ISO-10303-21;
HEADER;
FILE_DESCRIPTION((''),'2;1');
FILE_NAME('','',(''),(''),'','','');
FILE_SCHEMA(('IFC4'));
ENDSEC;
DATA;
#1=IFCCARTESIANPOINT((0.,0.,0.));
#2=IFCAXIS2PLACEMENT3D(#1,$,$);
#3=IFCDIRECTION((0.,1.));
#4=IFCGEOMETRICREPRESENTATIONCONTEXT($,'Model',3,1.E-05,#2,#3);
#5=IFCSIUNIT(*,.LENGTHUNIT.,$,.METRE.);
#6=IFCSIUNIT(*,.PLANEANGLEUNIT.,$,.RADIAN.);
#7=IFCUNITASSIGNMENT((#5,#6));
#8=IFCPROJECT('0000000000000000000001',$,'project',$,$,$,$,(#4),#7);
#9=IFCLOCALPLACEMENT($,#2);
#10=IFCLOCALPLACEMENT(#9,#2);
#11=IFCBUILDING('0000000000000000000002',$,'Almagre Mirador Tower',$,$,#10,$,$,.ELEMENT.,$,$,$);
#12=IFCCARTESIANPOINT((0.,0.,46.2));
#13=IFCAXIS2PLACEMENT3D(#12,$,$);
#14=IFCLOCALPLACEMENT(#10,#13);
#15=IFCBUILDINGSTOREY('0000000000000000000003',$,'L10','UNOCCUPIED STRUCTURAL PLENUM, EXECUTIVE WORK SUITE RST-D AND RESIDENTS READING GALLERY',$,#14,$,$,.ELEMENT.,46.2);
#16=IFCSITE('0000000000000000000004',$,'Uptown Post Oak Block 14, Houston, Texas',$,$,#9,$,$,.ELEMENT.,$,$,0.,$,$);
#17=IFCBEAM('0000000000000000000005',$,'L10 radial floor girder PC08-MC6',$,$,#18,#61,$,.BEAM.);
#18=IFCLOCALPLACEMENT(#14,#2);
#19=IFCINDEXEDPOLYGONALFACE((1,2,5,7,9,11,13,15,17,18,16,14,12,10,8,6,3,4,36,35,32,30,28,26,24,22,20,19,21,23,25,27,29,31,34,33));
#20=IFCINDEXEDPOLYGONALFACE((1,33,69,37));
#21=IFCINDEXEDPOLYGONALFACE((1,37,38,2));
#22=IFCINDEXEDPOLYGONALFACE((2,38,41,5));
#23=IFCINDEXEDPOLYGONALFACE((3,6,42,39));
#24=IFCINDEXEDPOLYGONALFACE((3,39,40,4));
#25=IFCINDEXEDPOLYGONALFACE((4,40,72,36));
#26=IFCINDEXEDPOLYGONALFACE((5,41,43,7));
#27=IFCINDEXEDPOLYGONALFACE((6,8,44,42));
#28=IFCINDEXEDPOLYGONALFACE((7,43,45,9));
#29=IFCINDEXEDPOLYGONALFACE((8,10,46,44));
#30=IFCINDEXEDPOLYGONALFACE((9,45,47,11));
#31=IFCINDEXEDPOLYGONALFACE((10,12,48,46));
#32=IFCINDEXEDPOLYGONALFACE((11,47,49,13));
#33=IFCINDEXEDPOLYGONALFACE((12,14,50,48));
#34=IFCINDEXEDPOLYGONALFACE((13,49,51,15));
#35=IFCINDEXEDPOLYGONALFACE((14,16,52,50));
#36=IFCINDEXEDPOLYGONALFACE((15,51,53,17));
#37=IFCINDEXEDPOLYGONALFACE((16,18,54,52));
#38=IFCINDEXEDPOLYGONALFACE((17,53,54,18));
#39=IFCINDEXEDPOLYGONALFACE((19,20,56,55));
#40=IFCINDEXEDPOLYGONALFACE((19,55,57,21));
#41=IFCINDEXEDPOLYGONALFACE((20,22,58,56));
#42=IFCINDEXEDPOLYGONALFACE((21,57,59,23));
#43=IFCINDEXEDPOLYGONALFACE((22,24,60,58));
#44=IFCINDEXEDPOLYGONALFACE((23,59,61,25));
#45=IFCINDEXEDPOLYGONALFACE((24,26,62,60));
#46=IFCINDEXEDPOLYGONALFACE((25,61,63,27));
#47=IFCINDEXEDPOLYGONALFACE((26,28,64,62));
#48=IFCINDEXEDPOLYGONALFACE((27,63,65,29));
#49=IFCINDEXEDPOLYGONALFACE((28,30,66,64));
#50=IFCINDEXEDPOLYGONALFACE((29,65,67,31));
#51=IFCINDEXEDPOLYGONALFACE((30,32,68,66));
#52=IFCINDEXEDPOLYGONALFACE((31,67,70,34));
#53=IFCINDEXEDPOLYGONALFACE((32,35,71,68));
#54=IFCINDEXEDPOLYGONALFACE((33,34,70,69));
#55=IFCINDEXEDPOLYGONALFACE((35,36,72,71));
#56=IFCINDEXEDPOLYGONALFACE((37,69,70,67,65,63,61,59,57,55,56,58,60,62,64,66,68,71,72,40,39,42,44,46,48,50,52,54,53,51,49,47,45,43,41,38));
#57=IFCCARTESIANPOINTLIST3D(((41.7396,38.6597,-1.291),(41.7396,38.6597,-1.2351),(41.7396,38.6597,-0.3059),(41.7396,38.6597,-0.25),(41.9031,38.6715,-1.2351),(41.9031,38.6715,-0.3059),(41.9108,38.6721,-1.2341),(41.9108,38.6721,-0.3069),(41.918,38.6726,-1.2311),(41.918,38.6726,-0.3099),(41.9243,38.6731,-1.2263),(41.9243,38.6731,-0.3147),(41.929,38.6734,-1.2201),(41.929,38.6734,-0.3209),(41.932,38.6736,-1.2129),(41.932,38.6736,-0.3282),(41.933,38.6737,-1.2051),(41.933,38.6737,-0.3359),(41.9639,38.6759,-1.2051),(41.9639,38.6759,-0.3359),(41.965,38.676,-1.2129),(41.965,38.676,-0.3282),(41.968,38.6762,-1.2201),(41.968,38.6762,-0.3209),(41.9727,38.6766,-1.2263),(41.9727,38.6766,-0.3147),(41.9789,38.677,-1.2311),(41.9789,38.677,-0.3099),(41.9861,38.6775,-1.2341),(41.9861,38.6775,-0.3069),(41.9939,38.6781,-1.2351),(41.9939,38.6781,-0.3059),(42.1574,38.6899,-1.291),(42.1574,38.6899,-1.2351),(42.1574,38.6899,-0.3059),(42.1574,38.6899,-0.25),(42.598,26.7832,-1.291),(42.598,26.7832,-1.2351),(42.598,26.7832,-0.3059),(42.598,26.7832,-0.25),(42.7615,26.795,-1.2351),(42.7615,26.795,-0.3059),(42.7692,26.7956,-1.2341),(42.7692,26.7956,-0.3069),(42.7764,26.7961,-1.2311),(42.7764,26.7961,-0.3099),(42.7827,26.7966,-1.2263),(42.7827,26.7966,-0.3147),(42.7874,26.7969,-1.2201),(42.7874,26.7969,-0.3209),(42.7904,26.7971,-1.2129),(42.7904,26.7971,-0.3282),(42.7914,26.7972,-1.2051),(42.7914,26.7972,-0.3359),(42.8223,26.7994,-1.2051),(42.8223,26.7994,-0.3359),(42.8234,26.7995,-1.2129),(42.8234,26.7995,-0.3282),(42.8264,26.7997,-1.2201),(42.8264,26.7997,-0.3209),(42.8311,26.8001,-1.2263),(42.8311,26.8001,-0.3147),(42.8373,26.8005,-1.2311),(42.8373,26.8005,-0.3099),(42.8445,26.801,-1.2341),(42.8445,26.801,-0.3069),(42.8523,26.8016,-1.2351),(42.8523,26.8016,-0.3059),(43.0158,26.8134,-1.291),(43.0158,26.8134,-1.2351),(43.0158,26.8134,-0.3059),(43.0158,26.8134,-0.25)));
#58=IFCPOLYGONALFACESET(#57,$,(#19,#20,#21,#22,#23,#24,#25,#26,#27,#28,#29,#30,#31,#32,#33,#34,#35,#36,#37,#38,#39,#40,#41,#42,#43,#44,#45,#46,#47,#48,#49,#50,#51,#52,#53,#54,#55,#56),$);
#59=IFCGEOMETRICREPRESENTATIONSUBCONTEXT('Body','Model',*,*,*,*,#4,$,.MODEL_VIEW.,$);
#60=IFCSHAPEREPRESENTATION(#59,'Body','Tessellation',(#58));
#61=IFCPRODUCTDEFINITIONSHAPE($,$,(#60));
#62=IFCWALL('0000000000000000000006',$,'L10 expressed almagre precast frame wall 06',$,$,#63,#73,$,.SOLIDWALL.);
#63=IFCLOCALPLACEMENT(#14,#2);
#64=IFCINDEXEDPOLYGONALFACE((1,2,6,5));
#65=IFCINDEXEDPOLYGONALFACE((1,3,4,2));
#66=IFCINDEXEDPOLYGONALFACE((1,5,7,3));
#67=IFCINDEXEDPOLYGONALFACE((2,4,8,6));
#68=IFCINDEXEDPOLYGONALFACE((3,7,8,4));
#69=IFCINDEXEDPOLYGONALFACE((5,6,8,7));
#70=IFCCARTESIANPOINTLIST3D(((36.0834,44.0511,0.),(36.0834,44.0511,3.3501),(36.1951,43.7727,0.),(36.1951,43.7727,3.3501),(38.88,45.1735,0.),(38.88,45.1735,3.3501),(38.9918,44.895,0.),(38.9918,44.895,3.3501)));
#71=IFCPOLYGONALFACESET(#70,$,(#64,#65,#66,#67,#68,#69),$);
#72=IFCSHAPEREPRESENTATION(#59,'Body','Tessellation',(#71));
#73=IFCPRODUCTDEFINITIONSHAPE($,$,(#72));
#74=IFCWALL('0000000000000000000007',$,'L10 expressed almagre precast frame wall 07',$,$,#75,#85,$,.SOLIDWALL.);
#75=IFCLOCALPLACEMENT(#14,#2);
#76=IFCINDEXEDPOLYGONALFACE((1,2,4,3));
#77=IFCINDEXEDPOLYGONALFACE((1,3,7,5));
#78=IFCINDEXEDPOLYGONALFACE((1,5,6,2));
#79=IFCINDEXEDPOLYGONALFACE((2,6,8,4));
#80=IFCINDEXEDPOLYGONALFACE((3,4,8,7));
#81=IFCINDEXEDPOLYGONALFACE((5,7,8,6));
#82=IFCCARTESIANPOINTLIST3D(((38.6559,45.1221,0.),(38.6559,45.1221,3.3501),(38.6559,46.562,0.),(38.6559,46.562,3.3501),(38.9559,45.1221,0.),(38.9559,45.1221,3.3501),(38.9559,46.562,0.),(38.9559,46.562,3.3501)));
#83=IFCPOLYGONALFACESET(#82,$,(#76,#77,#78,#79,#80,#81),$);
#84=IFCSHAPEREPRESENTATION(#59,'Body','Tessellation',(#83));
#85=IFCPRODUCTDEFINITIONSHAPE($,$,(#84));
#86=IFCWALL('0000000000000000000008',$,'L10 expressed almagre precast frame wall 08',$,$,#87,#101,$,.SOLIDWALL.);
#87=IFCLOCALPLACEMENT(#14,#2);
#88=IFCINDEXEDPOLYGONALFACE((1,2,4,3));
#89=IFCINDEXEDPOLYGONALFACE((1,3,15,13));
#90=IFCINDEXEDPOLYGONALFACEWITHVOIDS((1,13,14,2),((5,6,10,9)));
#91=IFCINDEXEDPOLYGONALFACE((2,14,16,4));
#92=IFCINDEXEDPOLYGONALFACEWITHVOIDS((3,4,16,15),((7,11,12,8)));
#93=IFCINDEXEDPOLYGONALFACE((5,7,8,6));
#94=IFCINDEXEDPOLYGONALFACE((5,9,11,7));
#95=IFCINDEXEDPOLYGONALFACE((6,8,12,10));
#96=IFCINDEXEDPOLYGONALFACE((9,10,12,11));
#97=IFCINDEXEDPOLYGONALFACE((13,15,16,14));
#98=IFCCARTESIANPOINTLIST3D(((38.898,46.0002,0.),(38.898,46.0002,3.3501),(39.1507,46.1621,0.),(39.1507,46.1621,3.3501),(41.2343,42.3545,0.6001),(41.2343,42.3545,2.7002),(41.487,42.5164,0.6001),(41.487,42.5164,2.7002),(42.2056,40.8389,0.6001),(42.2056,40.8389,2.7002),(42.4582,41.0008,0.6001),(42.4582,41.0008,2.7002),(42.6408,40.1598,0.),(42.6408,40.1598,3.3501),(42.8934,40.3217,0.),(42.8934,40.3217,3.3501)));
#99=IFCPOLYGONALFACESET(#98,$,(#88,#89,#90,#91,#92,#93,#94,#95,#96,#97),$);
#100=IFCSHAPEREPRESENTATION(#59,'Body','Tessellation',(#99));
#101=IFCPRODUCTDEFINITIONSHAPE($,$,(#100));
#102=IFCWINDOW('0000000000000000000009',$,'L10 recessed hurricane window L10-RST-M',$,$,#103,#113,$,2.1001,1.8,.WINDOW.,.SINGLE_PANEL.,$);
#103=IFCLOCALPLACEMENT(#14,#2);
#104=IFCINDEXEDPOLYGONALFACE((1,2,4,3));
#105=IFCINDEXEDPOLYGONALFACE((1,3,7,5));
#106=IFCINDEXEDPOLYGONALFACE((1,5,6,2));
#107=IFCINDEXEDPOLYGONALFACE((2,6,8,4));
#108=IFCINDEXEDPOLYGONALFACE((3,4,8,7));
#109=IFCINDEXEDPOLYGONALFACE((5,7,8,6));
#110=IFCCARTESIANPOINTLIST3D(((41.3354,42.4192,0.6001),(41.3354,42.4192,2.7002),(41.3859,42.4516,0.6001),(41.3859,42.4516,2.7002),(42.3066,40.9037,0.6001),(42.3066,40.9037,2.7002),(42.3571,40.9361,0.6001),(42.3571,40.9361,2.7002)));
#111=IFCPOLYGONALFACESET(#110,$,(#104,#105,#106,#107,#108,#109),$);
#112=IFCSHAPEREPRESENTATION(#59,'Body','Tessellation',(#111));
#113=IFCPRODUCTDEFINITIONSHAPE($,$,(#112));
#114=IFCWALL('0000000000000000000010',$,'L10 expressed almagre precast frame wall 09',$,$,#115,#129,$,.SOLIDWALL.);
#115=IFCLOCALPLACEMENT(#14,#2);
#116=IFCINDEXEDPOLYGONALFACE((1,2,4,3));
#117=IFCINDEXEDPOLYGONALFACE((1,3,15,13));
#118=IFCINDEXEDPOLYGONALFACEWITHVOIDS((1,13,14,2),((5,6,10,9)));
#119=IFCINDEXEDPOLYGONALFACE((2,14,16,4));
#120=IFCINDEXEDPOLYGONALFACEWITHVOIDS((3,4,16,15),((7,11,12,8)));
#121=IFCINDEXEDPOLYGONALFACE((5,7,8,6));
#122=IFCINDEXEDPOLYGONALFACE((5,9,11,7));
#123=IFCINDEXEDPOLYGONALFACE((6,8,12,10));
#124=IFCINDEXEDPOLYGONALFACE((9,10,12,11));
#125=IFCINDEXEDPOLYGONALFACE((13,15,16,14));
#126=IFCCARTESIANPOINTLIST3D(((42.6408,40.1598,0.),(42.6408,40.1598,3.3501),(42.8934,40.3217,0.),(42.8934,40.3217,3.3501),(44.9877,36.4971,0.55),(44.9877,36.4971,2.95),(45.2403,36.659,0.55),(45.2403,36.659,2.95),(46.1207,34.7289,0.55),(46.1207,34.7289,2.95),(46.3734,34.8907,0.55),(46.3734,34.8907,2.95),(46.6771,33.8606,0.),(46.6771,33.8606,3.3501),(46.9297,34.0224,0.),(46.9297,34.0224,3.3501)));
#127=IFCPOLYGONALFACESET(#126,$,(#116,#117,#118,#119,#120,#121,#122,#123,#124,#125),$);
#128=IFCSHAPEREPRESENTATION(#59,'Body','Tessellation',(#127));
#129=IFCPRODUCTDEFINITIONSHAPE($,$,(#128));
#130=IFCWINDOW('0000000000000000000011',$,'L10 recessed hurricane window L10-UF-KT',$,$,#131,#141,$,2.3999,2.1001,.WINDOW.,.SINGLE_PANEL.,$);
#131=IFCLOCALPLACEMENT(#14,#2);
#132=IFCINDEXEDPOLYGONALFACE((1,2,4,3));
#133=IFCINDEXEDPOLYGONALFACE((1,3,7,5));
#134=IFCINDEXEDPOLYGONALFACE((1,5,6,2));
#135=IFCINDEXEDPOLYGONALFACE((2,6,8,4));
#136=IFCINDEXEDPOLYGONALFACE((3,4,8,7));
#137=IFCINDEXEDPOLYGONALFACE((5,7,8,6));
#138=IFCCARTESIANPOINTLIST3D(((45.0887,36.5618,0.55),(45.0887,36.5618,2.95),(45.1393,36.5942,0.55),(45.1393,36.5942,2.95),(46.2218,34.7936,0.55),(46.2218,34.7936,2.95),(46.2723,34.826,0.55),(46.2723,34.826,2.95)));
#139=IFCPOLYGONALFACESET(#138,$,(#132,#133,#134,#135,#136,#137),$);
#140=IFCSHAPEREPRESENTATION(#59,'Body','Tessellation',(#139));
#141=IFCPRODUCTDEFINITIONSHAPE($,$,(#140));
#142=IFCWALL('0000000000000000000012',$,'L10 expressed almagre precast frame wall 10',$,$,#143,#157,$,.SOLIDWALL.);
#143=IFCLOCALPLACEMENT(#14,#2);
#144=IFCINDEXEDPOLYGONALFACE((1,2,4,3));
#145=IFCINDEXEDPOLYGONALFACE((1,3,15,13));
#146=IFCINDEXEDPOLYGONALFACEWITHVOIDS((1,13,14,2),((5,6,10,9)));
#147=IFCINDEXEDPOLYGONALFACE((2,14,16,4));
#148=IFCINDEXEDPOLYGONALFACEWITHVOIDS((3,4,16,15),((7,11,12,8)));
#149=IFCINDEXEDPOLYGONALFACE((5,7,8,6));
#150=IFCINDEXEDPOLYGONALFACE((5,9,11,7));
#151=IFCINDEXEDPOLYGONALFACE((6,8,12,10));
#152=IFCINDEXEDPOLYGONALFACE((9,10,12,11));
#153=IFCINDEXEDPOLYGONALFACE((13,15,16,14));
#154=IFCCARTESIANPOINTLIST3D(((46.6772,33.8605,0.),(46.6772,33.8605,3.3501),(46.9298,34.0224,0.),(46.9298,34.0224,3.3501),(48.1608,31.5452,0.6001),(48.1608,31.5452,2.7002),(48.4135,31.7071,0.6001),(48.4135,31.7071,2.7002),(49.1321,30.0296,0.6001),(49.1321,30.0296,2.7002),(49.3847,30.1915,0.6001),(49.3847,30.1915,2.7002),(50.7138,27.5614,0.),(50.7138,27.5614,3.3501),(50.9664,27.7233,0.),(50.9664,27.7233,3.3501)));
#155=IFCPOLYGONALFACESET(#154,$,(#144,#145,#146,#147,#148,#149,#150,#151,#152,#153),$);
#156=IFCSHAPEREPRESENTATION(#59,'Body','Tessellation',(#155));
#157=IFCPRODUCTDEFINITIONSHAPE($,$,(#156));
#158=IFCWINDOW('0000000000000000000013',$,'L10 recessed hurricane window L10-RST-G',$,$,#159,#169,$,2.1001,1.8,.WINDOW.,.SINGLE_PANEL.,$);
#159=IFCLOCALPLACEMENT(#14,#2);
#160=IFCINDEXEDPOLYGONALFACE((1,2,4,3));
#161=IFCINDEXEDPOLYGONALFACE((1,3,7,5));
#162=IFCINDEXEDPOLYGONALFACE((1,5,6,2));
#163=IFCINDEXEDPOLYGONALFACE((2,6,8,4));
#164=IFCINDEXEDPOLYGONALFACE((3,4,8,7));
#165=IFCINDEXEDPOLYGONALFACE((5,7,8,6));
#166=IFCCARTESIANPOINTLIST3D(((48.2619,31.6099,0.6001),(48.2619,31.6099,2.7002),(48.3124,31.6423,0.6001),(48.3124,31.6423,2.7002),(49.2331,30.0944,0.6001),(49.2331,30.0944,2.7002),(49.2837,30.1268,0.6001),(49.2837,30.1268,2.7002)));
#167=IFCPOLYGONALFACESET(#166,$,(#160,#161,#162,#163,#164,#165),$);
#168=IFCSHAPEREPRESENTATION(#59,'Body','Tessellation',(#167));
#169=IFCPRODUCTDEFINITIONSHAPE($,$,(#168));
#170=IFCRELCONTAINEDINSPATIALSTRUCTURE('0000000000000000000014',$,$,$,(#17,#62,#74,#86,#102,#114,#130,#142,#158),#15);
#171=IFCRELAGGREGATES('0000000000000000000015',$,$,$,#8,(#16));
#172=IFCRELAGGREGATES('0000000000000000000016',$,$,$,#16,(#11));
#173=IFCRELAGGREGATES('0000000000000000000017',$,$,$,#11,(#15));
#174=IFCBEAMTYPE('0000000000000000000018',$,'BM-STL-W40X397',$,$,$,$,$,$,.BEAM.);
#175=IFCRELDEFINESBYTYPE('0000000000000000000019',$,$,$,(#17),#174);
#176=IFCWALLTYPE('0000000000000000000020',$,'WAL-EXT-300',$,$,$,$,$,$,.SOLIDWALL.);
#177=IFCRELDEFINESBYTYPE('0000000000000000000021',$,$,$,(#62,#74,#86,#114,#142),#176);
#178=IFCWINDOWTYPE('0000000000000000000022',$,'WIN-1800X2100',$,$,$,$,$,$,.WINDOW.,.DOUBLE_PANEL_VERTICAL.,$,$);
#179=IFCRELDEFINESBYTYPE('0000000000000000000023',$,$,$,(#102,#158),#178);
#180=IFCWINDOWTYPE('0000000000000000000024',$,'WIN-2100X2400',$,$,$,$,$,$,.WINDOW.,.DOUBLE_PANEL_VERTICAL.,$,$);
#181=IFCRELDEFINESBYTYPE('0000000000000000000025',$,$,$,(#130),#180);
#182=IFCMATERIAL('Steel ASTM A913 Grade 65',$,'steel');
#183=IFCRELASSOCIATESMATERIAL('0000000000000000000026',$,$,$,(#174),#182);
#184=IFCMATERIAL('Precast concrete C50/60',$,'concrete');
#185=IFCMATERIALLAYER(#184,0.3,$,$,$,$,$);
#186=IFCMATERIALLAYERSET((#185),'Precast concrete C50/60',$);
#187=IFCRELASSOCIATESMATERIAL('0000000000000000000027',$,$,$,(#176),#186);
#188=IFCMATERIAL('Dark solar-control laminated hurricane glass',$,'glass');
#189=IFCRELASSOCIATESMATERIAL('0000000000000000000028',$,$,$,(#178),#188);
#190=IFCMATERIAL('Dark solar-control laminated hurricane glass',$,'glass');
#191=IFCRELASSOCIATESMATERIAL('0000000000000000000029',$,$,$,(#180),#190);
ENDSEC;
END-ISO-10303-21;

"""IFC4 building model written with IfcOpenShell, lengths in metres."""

from ifc_helpers import new_model, si_unit, direction, frame, frame_2d, origin, origin_2d, place, context, subcontext, project, spatial, rectangle, i_section, extrude, material, layer, layer_set, material_profile, profile_set, type_object, element, fill, save


model = new_model("IFC4")

# Units and contexts
model_context = context("Model", 3, precision=1e-05, world=origin(), true_north=direction((0.0, 1.0)))
body_context = subcontext(model_context, "Body", "Model", "MODEL_VIEW")
ifc_project = project(units=[si_unit("LENGTHUNIT", "METRE"), si_unit("PLANEANGLEUNIT", "RADIAN")], contexts=[model_context])

# Site, building, storey
site_placement = place(None, origin())
site = spatial("IfcSite", under=ifc_project, at=site_placement, Name="Uptown Post Oak Block 14, Houston, Texas", CompositionType="ELEMENT", RefElevation=0.0)
building_placement = place(site_placement, origin())
building = spatial("IfcBuilding", under=site, at=building_placement, Name="Almagre Mirador Tower", CompositionType="ELEMENT")
storey_placement = place(building_placement, frame((0.0, 0.0, 46.2)))
storey = spatial("IfcBuildingStorey", under=building, at=storey_placement, Name="L10", Description="UNOCCUPIED STRUCTURAL PLENUM, EXECUTIVE WORK SUITE RST-D AND RESIDENTS READING GALLERY", CompositionType="ELEMENT", Elevation=46.2)

# Beam
ifc_material_1 = material(Name="Steel ASTM A913 Grade 65", Category="steel")
ifc_material_profile_1 = material_profile(ifc_material_1, i_section(OverallWidth=0.4189, OverallDepth=1.041, WebThickness=0.031, FlangeThickness=0.0559, FilletRadius=0.03, at=origin_2d()), Name="W40X397")
ifc_profile_set_1 = profile_set([ifc_material_profile_1], Name="Steel ASTM A913 Grade 65")
beam_type_1 = type_object("IfcBeamType", Name="BM-STL-W40X397", PredefinedType="BEAM", material=ifc_profile_set_1)
beam_1_placement = place(storey_placement, frame((41.9485, 38.6748, -0.7705), z_axis=(0.072089, -0.997398, 0.0), x_axis=(0.997398, 0.072089, 0.0)))
element("IfcBeam", 1, at=beam_1_placement, inside=storey, type_object=beam_type_1, Name="L10 radial floor girder PC08-MC6", PredefinedType="BEAM", context=body_context, shape_type="SweptSolid", body=[
    extrude(i_section(OverallWidth=0.4189, OverallDepth=1.041, WebThickness=0.031, FlangeThickness=0.0559, FilletRadius=0.03, at=origin_2d()), origin(), (0.0, 0.0, 1.0), 11.9075),
])

# Walls
ifc_material_2 = material(Name="Precast concrete C50/60", Category="concrete")
ifc_layer_1 = layer(ifc_material_2, 0.3)
ifc_layer_set_1 = layer_set([ifc_layer_1], Name="Precast concrete C50/60")
wall_type_1 = type_object("IfcWallType", Name="WAL-EXT-300", PredefinedType="SOLIDWALL", material=ifc_layer_set_1)
wall_1_placement = place(storey_placement, frame((36.1392, 43.9119, 0.0), z_axis=(0.0, 0.0, 1.0), x_axis=(0.928057, 0.372438, 0.0)))
element("IfcWall", 2, at=wall_1_placement, inside=storey, type_object=wall_type_1, Name="L10 expressed almagre precast frame wall 06", PredefinedType="SOLIDWALL", context=body_context, shape_type="SweptSolid", body=[
    extrude(rectangle(XDim=3.0134, YDim=0.3, at=frame_2d((1.5068, 0.0))), origin(), (0.0, 0.0, 1.0), 3.3501),
])
wall_2_placement = place(storey_placement, frame((38.8059, 45.1221, 0.0), z_axis=(0.0, 0.0, 1.0), x_axis=(0.0, 1.0, 0.0)))
element("IfcWall", 3, at=wall_2_placement, inside=storey, type_object=wall_type_1, Name="L10 expressed almagre precast frame wall 07", PredefinedType="SOLIDWALL", context=body_context, shape_type="SweptSolid", body=[
    extrude(rectangle(XDim=1.4399, YDim=0.3, at=frame_2d((0.72, 0.0))), origin(), (0.0, 0.0, 1.0), 3.3501),
])

# Walls, openings, windows
wall_3_placement = place(storey_placement, frame((39.0244, 46.0811, 0.0), z_axis=(0.0, 0.0, 1.0), x_axis=(0.539551, -0.841953, 0.0)))
wall_3 = element("IfcWall", 4, at=wall_3_placement, inside=storey, type_object=wall_type_1, Name="L10 expressed almagre precast frame wall 08", PredefinedType="SOLIDWALL", context=body_context, shape_type="SweptSolid", body=[
    extrude(rectangle(XDim=6.9368, YDim=0.3, at=frame_2d((3.4683, 0.0))), origin(), (0.0, 0.0, 1.0), 3.3501),
])
opening_1_placement = place(wall_3_placement, frame((4.3301, 0.0, 0.6001)))
opening_1 = element("IfcOpeningElement", 5, at=opening_1_placement, cuts=wall_3, PredefinedType="OPENING", context=body_context, shape_type="SweptSolid", body=[
    extrude(rectangle(XDim=1.8, YDim=2.1001, at=frame_2d((0.8999, 1.05))), frame((0.0, 0.1599, 0.0), z_axis=(0.0, -1.0, 0.0), x_axis=(1.0, 0.0, 0.0)), (0.0, 0.0, 1.0), 0.32),
])
ifc_material_3 = material(Name="Dark solar-control laminated hurricane glass", Category="glass")
window_type_1 = type_object("IfcWindowType", Name="WIN-1800X2100", PartitioningType="DOUBLE_PANEL_VERTICAL", PredefinedType="WINDOW", material=ifc_material_3)
window_1_placement = place(opening_1_placement, origin())
window_1 = element("IfcWindow", 6, at=window_1_placement, inside=storey, type_object=window_type_1, Name="L10 recessed hurricane window L10-RST-M", OverallHeight=2.1001, OverallWidth=1.8, PartitioningType="SINGLE_PANEL", PredefinedType="WINDOW", context=body_context, shape_type="SweptSolid", body=[
    extrude(rectangle(XDim=1.8, YDim=2.1001, at=frame_2d((0.8999, 1.05))), frame((0.0, 0.03, 0.0), z_axis=(0.0, -1.0, 0.0), x_axis=(1.0, 0.0, 0.0)), (0.0, 0.0, 1.0), 0.0601),
])
fill(opening_1, window_1)
wall_4_placement = place(storey_placement, frame((42.7671, 40.2407, 0.0), z_axis=(0.0, 0.0, 1.0), x_axis=(0.53951, -0.841979, 0.0)))
wall_4 = element("IfcWall", 7, at=wall_4_placement, inside=storey, type_object=wall_type_1, Name="L10 expressed almagre precast frame wall 09", PredefinedType="SOLIDWALL", context=body_context, shape_type="SweptSolid", body=[
    extrude(rectangle(XDim=7.4814, YDim=0.3, at=frame_2d((3.7407, 0.0))), origin(), (0.0, 0.0, 1.0), 3.3501),
])
opening_2_placement = place(wall_4_placement, frame((4.3501, 0.0, 0.55)))
opening_2 = element("IfcOpeningElement", 8, at=opening_2_placement, cuts=wall_4, PredefinedType="OPENING", context=body_context, shape_type="SweptSolid", body=[
    extrude(rectangle(XDim=2.1001, YDim=2.3999, at=frame_2d((1.05, 1.2))), frame((0.0, 0.1599, 0.0), z_axis=(0.0, -1.0, 0.0), x_axis=(1.0, 0.0, 0.0)), (0.0, 0.0, 1.0), 0.32),
])
ifc_material_4 = material(Name="Dark solar-control laminated hurricane glass", Category="glass")
window_type_2 = type_object("IfcWindowType", Name="WIN-2100X2400", PartitioningType="DOUBLE_PANEL_VERTICAL", PredefinedType="WINDOW", material=ifc_material_4)
window_2_placement = place(opening_2_placement, origin())
window_2 = element("IfcWindow", 9, at=window_2_placement, inside=storey, type_object=window_type_2, Name="L10 recessed hurricane window L10-UF-KT", OverallHeight=2.3999, OverallWidth=2.1001, PartitioningType="SINGLE_PANEL", PredefinedType="WINDOW", context=body_context, shape_type="SweptSolid", body=[
    extrude(rectangle(XDim=2.1001, YDim=2.3999, at=frame_2d((1.05, 1.2))), frame((0.0, 0.03, 0.0), z_axis=(0.0, -1.0, 0.0), x_axis=(1.0, 0.0, 0.0)), (0.0, 0.0, 1.0), 0.0601),
])
fill(opening_2, window_2)
wall_5_placement = place(storey_placement, frame((46.8035, 33.9414, 0.0), z_axis=(0.0, 0.0, 1.0), x_axis=(0.539548, -0.841955, 0.0)))
wall_5 = element("IfcWall", 10, at=wall_5_placement, inside=storey, type_object=wall_type_1, Name="L10 expressed almagre precast frame wall 10", PredefinedType="SOLIDWALL", context=body_context, shape_type="SweptSolid", body=[
    extrude(rectangle(XDim=7.4814, YDim=0.3, at=frame_2d((3.7407, 0.0))), origin(), (0.0, 0.0, 1.0), 3.3501),
])
opening_3_placement = place(wall_5_placement, frame((2.75, 0.0, 0.6001)))
opening_3 = element("IfcOpeningElement", 11, at=opening_3_placement, cuts=wall_5, PredefinedType="OPENING", context=body_context, shape_type="SweptSolid", body=[
    extrude(rectangle(XDim=1.8, YDim=2.1001, at=frame_2d((0.8999, 1.05))), frame((0.0, 0.1599, 0.0), z_axis=(0.0, -1.0, 0.0), x_axis=(1.0, 0.0, 0.0)), (0.0, 0.0, 1.0), 0.32),
])
window_3_placement = place(opening_3_placement, origin())
window_3 = element("IfcWindow", 12, at=window_3_placement, inside=storey, type_object=window_type_1, Name="L10 recessed hurricane window L10-RST-G", OverallHeight=2.1001, OverallWidth=1.8, PartitioningType="SINGLE_PANEL", PredefinedType="WINDOW", context=body_context, shape_type="SweptSolid", body=[
    extrude(rectangle(XDim=1.8, YDim=2.1001, at=frame_2d((0.8999, 1.05))), frame((0.0, 0.03, 0.0), z_axis=(0.0, -1.0, 0.0), x_axis=(1.0, 0.0, 0.0)), (0.0, 0.0, 1.0), 0.0601),
])
fill(opening_3, window_3)

save(model, "model.ifc")
